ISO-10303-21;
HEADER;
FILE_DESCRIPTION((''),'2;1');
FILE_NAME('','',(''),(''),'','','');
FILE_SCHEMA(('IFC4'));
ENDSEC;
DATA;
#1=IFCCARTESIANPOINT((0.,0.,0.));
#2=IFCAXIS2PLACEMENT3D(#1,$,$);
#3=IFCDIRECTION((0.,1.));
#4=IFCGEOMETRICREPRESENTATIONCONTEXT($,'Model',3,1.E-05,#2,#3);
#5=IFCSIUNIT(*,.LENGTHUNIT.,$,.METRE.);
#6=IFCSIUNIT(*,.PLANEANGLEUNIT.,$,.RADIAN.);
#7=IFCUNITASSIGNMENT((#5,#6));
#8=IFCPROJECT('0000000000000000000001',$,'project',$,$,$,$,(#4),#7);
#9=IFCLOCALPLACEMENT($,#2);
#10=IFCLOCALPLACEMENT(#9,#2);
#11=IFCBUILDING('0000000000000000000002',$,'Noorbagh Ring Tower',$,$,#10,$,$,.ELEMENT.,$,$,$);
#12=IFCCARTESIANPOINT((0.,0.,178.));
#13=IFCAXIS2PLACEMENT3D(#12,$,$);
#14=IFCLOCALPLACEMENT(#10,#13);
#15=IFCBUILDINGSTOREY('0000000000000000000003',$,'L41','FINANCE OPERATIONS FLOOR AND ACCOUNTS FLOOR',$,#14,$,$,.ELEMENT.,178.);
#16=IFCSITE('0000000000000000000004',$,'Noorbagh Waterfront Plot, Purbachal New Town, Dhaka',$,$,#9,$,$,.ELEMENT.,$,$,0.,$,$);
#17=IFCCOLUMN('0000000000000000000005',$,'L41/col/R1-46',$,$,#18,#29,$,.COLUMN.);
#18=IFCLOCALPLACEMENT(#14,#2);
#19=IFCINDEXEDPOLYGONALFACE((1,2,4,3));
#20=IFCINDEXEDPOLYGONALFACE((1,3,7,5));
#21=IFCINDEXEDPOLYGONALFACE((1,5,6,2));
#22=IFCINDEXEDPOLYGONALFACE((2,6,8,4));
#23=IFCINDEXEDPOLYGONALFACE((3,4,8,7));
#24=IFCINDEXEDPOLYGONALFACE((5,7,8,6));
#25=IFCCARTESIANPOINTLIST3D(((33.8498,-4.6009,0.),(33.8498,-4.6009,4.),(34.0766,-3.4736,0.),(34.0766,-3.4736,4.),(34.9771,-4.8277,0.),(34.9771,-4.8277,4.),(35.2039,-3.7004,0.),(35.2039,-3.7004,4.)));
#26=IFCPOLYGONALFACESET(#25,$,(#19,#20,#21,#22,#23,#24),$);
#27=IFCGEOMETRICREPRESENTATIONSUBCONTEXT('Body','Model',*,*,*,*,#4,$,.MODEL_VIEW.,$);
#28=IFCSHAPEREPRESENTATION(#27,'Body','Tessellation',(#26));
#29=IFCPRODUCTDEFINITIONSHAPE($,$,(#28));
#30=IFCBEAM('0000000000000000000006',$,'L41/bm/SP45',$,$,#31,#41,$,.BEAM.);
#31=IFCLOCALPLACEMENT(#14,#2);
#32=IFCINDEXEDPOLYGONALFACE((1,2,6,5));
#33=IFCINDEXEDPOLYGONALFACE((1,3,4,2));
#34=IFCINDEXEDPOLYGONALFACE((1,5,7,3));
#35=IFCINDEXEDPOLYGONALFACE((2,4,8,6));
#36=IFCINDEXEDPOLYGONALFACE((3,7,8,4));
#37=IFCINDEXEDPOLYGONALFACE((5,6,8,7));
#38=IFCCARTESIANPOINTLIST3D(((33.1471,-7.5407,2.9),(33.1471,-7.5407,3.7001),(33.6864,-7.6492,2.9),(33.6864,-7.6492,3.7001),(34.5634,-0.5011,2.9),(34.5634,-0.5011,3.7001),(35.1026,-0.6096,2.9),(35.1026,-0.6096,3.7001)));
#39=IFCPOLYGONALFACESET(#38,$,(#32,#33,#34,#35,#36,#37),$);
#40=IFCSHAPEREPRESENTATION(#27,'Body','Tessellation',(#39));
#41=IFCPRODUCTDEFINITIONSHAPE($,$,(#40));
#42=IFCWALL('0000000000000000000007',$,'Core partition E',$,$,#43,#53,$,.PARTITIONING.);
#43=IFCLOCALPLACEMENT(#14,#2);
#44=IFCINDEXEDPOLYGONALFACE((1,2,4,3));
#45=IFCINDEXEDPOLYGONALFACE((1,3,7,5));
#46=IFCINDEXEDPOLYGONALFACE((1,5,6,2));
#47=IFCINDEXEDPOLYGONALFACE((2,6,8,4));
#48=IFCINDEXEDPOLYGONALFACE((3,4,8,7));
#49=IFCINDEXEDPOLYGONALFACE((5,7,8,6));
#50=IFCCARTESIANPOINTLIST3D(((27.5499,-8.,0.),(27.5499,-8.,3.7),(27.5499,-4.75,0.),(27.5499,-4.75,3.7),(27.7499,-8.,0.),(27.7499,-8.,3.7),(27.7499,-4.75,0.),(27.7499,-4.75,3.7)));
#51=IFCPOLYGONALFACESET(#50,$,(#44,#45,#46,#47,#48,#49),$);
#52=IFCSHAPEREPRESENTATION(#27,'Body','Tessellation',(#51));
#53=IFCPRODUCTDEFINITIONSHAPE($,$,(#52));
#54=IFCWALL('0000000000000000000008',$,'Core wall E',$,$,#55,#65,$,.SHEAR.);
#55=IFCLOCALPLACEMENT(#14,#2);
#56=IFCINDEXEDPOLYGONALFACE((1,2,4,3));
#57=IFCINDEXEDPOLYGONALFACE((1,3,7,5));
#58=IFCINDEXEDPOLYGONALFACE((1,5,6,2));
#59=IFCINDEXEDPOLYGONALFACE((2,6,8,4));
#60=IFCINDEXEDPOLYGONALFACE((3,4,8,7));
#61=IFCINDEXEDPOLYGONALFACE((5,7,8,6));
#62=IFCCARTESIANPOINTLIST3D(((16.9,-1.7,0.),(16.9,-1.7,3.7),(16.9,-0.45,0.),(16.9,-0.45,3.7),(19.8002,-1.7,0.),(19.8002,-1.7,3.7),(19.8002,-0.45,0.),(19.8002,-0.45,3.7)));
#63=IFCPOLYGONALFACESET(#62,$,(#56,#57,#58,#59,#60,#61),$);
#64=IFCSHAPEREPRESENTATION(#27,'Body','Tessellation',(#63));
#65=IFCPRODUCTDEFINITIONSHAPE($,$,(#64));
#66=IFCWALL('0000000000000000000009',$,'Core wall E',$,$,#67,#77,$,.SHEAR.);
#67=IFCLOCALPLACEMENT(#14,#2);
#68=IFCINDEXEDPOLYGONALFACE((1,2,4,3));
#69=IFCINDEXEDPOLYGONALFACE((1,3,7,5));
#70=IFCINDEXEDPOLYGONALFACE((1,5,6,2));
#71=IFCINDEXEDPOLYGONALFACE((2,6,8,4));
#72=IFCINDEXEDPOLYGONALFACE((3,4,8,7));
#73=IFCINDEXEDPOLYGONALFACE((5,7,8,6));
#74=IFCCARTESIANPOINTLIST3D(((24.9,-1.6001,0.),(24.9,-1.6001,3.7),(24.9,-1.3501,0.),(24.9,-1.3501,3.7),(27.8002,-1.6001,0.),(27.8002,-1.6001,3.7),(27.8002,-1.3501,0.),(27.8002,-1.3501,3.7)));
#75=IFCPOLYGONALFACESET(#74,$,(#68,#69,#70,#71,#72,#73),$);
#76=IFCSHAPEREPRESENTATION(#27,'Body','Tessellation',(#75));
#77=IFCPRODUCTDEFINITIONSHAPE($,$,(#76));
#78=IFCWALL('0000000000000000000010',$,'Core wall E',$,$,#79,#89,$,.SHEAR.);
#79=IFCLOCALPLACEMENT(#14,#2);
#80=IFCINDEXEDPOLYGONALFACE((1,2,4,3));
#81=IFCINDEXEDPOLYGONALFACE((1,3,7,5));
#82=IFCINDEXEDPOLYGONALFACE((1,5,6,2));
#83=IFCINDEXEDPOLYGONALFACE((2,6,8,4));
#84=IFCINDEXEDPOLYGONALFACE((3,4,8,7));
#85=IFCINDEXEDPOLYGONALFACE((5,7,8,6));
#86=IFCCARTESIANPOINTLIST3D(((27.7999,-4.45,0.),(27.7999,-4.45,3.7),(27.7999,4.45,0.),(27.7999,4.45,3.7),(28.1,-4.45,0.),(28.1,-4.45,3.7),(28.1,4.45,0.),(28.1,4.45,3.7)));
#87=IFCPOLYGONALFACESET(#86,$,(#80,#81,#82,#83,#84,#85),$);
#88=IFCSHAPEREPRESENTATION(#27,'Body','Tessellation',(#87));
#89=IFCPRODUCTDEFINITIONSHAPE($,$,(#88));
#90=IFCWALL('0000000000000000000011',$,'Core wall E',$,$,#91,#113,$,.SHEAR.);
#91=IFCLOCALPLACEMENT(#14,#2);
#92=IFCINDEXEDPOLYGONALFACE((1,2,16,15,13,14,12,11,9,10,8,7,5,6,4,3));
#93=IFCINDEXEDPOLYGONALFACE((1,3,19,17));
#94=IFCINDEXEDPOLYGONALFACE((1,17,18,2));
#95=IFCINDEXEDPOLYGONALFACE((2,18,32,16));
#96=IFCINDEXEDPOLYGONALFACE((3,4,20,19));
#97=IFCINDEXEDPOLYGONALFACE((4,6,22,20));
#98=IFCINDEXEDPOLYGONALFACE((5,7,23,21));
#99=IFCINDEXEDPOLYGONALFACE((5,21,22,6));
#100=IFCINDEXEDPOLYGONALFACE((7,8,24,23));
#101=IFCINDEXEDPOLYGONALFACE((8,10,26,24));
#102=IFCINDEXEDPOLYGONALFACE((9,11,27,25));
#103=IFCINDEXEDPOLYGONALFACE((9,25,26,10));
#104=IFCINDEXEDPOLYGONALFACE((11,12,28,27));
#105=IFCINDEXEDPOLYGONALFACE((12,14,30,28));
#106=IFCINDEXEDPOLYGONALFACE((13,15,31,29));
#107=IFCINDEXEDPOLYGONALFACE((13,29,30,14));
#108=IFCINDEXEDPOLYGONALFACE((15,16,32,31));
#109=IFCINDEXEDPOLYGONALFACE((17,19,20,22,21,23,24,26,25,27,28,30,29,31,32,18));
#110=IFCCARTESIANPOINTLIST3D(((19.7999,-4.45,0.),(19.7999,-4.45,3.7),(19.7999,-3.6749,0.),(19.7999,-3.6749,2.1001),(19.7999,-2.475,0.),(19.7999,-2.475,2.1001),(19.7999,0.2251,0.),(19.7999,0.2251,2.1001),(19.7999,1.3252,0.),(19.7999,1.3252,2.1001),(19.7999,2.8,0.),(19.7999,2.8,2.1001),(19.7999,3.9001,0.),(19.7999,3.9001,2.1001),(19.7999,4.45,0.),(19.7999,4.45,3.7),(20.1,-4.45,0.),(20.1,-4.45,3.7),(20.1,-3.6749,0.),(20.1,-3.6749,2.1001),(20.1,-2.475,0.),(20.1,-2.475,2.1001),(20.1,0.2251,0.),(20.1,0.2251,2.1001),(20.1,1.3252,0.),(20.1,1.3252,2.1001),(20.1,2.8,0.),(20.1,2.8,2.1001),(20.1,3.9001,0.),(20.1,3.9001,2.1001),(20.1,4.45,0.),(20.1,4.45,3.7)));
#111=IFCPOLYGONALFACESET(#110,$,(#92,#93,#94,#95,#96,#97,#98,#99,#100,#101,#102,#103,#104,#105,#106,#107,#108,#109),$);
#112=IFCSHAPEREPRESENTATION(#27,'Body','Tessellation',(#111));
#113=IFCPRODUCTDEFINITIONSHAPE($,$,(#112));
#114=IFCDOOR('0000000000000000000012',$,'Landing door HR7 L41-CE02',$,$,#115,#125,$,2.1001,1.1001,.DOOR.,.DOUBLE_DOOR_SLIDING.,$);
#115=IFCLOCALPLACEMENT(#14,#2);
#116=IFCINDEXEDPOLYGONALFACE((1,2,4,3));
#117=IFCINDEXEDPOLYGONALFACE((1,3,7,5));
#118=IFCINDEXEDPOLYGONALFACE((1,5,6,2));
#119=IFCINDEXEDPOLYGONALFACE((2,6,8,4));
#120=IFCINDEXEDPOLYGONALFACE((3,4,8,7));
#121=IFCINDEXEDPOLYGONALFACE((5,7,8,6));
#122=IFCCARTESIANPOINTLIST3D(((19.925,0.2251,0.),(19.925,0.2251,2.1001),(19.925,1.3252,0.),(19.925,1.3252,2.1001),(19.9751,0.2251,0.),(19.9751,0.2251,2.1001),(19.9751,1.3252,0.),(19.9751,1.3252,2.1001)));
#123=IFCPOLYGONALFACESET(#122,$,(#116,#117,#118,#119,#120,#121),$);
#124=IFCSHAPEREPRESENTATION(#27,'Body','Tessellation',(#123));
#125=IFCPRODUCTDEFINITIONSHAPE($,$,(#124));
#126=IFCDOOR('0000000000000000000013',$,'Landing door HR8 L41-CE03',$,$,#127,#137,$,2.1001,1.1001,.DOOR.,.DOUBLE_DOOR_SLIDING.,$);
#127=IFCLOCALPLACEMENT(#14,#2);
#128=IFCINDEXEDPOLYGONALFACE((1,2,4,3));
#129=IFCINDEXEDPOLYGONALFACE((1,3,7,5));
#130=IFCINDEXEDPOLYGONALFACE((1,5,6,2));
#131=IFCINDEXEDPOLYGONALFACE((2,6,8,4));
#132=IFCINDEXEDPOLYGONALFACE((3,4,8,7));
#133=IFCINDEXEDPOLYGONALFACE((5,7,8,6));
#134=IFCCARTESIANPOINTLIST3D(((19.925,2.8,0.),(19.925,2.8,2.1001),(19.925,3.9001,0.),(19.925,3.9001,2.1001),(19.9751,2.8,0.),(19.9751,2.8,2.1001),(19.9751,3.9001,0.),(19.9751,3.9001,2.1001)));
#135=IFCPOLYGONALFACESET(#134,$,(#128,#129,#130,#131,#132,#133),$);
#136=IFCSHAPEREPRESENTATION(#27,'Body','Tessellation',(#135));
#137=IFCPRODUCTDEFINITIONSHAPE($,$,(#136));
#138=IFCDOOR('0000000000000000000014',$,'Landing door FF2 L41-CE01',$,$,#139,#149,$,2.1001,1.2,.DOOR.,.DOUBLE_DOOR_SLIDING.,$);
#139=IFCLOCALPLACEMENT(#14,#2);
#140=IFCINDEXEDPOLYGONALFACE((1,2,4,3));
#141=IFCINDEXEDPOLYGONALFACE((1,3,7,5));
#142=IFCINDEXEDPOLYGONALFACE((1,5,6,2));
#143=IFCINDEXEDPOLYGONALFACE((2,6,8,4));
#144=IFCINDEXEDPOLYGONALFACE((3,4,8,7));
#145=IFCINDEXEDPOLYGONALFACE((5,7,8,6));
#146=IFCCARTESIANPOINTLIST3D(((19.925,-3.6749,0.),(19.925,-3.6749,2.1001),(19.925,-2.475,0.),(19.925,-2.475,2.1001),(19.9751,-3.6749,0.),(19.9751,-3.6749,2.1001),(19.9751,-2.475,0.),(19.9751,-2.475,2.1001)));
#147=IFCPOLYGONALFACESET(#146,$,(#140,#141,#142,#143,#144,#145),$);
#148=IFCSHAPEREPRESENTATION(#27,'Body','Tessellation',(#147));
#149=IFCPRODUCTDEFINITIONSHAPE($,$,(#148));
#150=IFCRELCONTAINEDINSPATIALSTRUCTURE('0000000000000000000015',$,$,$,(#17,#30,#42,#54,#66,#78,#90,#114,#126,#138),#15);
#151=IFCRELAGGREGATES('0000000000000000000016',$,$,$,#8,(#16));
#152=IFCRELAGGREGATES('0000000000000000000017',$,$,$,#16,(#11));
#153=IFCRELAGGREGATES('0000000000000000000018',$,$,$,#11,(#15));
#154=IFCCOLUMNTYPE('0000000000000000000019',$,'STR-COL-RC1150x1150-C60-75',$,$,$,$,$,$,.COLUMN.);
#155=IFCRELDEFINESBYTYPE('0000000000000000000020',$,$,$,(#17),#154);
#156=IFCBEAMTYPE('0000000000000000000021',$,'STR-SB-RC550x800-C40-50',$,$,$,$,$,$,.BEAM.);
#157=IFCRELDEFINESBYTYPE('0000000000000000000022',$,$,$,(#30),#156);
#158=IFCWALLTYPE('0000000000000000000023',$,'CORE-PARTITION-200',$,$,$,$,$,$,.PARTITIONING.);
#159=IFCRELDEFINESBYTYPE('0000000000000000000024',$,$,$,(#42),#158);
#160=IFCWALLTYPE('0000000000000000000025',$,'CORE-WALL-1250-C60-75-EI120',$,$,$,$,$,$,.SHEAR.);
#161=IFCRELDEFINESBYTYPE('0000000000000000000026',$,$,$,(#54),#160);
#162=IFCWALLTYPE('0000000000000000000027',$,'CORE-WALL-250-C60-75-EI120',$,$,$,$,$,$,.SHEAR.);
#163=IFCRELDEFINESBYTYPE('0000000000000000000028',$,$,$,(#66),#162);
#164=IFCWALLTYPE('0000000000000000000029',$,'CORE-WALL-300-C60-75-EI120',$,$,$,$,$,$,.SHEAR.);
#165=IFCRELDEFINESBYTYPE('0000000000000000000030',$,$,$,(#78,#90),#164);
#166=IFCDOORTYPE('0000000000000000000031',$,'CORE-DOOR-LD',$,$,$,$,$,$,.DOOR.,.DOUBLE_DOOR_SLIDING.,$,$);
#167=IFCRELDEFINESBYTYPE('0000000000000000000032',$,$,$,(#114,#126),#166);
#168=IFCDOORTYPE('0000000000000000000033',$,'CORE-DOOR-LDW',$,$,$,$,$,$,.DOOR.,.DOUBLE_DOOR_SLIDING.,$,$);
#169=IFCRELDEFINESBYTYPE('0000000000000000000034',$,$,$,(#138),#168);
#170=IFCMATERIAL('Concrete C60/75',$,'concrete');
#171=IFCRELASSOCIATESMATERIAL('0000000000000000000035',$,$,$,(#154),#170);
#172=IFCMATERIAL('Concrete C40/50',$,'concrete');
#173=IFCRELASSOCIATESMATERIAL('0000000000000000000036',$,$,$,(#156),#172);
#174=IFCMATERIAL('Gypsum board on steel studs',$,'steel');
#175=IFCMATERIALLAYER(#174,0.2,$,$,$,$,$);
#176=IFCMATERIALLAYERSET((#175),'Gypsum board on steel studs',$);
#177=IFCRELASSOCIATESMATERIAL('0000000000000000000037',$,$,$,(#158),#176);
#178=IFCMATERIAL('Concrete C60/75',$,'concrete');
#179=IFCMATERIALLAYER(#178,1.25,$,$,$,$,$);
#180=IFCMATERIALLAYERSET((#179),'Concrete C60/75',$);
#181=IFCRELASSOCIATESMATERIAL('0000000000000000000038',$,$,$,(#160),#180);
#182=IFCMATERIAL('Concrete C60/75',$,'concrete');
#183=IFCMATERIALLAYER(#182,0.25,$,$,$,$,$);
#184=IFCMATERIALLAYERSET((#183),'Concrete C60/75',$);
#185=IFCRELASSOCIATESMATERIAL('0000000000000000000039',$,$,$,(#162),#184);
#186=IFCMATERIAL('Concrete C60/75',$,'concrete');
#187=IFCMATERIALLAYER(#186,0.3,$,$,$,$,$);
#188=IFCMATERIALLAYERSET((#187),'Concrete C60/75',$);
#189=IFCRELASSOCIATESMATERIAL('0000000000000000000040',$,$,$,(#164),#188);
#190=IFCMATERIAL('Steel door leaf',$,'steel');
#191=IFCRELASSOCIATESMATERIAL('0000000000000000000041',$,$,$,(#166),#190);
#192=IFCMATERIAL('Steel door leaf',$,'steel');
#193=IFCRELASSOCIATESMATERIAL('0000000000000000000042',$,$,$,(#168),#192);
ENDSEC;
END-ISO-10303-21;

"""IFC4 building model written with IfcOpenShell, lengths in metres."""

from ifc_helpers import new_model, si_unit, direction, frame, frame_2d, origin, origin_2d, place, context, subcontext, project, spatial, rectangle, extrude, material, layer, layer_set, material_profile, profile_set, type_object, element, fill, save


model = new_model("IFC4")

# Units and contexts
model_context = context("Model", 3, precision=1e-05, world=origin(), true_north=direction((0.0, 1.0)))
body_context = subcontext(model_context, "Body", "Model", "MODEL_VIEW")
ifc_project = project(units=[si_unit("LENGTHUNIT", "METRE"), si_unit("PLANEANGLEUNIT", "RADIAN")], contexts=[model_context])

# Site, building, storey
site_placement = place(None, origin())
site = spatial("IfcSite", under=ifc_project, at=site_placement, Name="Noorbagh Waterfront Plot, Purbachal New Town, Dhaka", CompositionType="ELEMENT", RefElevation=0.0)
building_placement = place(site_placement, origin())
building = spatial("IfcBuilding", under=site, at=building_placement, Name="Noorbagh Ring Tower", CompositionType="ELEMENT")
storey_placement = place(building_placement, frame((0.0, 0.0, 178.0)))
storey = spatial("IfcBuildingStorey", under=building, at=storey_placement, Name="L41", Description="FINANCE OPERATIONS FLOOR AND ACCOUNTS FLOOR", CompositionType="ELEMENT", Elevation=178.0)

# Column
ifc_material_1 = material(Name="Concrete C60/75", Category="concrete")
ifc_material_profile_1 = material_profile(ifc_material_1, rectangle(XDim=1.1499, YDim=1.1499, at=origin_2d()), Name="RC1150x1150")
ifc_profile_set_1 = profile_set([ifc_material_profile_1], Name="Concrete C60/75")
column_type = type_object("IfcColumnType", Name="STR-COL-RC1150x1150-C60-75", PredefinedType="COLUMN", material=ifc_profile_set_1)
column_placement = place(storey_placement, frame((34.5269, -4.1506, 0.0), z_axis=(0.0, 0.0, 1.0), x_axis=(0.19723, 0.980357, 0.0)))
element("IfcColumn", 1, at=column_placement, inside=storey, type_object=column_type, Name="L41/col/R1-46", PredefinedType="COLUMN", context=body_context, shape_type="SweptSolid", body=[
    extrude(rectangle(XDim=1.1499, YDim=1.1499, at=origin_2d()), origin(), (0.0, 0.0, 1.0), 4.0),
])

# Beam
ifc_material_2 = material(Name="Concrete C40/50", Category="concrete")
ifc_material_profile_2 = material_profile(ifc_material_2, rectangle(XDim=0.55, YDim=0.8, at=origin_2d()), Name="RC550x800")
ifc_profile_set_2 = profile_set([ifc_material_profile_2], Name="Concrete C40/50")
beam_type = type_object("IfcBeamType", Name="STR-SB-RC550x800-C40-50", PredefinedType="BEAM", material=ifc_profile_set_2)
beam_placement = place(storey_placement, frame((33.4167, -7.595, 3.3), z_axis=(0.197234, 0.980356, 0.0), x_axis=(-0.980356, 0.197234, 0.0)))
element("IfcBeam", 2, at=beam_placement, inside=storey, type_object=beam_type, Name="L41/bm/SP45", PredefinedType="BEAM", context=body_context, shape_type="SweptSolid", body=[
    extrude(rectangle(XDim=0.55, YDim=0.8, at=origin_2d()), origin(), (0.0, 0.0, 1.0), 7.1807),
])

# Walls
ifc_material_3 = material(Name="Gypsum board on steel studs", Category="steel")
ifc_layer_1 = layer(ifc_material_3, 0.2)
ifc_layer_set_1 = layer_set([ifc_layer_1], Name="Gypsum board on steel studs")
wall_type_1 = type_object("IfcWallType", Name="CORE-PARTITION-200", PredefinedType="PARTITIONING", material=ifc_layer_set_1)
wall_1_placement = place(storey_placement, frame((27.6499, -8.0, 0.0), z_axis=(0.0, 0.0, 1.0), x_axis=(0.0, 1.0, 0.0)))
element("IfcWall", 3, at=wall_1_placement, inside=storey, type_object=wall_type_1, Name="Core partition E", PredefinedType="PARTITIONING", context=body_context, shape_type="SweptSolid", body=[
    extrude(rectangle(XDim=3.25, YDim=0.2, at=frame_2d((1.625, 0.0))), origin(), (0.0, 0.0, 1.0), 3.7),
])
ifc_material_4 = material(Name="Concrete C60/75", Category="concrete")
ifc_layer_2 = layer(ifc_material_4, 1.25)
ifc_layer_set_2 = layer_set([ifc_layer_2], Name="Concrete C60/75")
wall_type_2 = type_object("IfcWallType", Name="CORE-WALL-1250-C60-75-EI120", PredefinedType="SHEAR", material=ifc_layer_set_2)
wall_2_placement = place(storey_placement, frame((16.8999, -1.075, 0.0), z_axis=(0.0, 0.0, 1.0), x_axis=(1.0, 0.0, 0.0)))
element("IfcWall", 4, at=wall_2_placement, inside=storey, type_object=wall_type_2, Name="Core wall E", PredefinedType="SHEAR", context=body_context, shape_type="SweptSolid", body=[
    extrude(rectangle(XDim=2.9001, YDim=1.25, at=frame_2d((1.4502, 0.0))), origin(), (0.0, 0.0, 1.0), 3.7),
])
ifc_material_5 = material(Name="Concrete C60/75", Category="concrete")
ifc_layer_3 = layer(ifc_material_5, 0.25)
ifc_layer_set_3 = layer_set([ifc_layer_3], Name="Concrete C60/75")
wall_type_3 = type_object("IfcWallType", Name="CORE-WALL-250-C60-75-EI120", PredefinedType="SHEAR", material=ifc_layer_set_3)
wall_3_placement = place(storey_placement, frame((24.8999, -1.4751, 0.0), z_axis=(0.0, 0.0, 1.0), x_axis=(1.0, 0.0, 0.0)))
element("IfcWall", 5, at=wall_3_placement, inside=storey, type_object=wall_type_3, Name="Core wall E", PredefinedType="SHEAR", context=body_context, shape_type="SweptSolid", body=[
    extrude(rectangle(XDim=2.9001, YDim=0.25, at=frame_2d((1.4502, 0.0))), origin(), (0.0, 0.0, 1.0), 3.7),
])
ifc_material_6 = material(Name="Concrete C60/75", Category="concrete")
ifc_layer_4 = layer(ifc_material_6, 0.3)
ifc_layer_set_4 = layer_set([ifc_layer_4], Name="Concrete C60/75")
wall_type_4 = type_object("IfcWallType", Name="CORE-WALL-300-C60-75-EI120", PredefinedType="SHEAR", material=ifc_layer_set_4)
wall_4_placement = place(storey_placement, frame((27.95, -4.45, 0.0), z_axis=(0.0, 0.0, 1.0), x_axis=(0.0, 1.0, 0.0)))
element("IfcWall", 6, at=wall_4_placement, inside=storey, type_object=wall_type_4, Name="Core wall E", PredefinedType="SHEAR", context=body_context, shape_type="SweptSolid", body=[
    extrude(rectangle(XDim=8.8999, YDim=0.3, at=frame_2d((4.45, 0.0))), origin(), (0.0, 0.0, 1.0), 3.7),
])

# Wall, openings, doors
wall_5_placement = place(storey_placement, frame((19.95, -4.45, 0.0), z_axis=(0.0, 0.0, 1.0), x_axis=(0.0, 1.0, 0.0)))
wall_5 = element("IfcWall", 7, at=wall_5_placement, inside=storey, type_object=wall_type_4, Name="Core wall E", PredefinedType="SHEAR", context=body_context, shape_type="SweptSolid", body=[
    extrude(rectangle(XDim=8.8999, YDim=0.3, at=frame_2d((4.45, 0.0))), origin(), (0.0, 0.0, 1.0), 3.7),
])
opening_1_placement = place(wall_5_placement, frame((0.7749, 0.0, 0.0)))
opening_1 = element("IfcOpeningElement", 8, at=opening_1_placement, cuts=wall_5, PredefinedType="OPENING", context=body_context, shape_type="SweptSolid", body=[
    extrude(rectangle(XDim=1.2, YDim=2.1001, at=frame_2d((0.6001, 1.05))), frame((0.0, 0.1602, 0.0), z_axis=(0.0, -1.0, 0.0), x_axis=(1.0, 0.0, 0.0)), (0.0, 0.0, 1.0), 0.3201),
])
opening_2_placement = place(wall_5_placement, frame((4.675, 0.0, 0.0)))
opening_2 = element("IfcOpeningElement", 9, at=opening_2_placement, cuts=wall_5, PredefinedType="OPENING", context=body_context, shape_type="SweptSolid", body=[
    extrude(rectangle(XDim=1.1001, YDim=2.1001, at=frame_2d((0.55, 1.05))), frame((0.0, 0.1602, 0.0), z_axis=(0.0, -1.0, 0.0), x_axis=(1.0, 0.0, 0.0)), (0.0, 0.0, 1.0), 0.3201),
])
opening_3_placement = place(wall_5_placement, frame((7.25, 0.0, 0.0)))
opening_3 = element("IfcOpeningElement", 10, at=opening_3_placement, cuts=wall_5, PredefinedType="OPENING", context=body_context, shape_type="SweptSolid", body=[
    extrude(rectangle(XDim=1.1001, YDim=2.1001, at=frame_2d((0.55, 1.05))), frame((0.0, 0.1602, 0.0), z_axis=(0.0, -1.0, 0.0), x_axis=(1.0, 0.0, 0.0)), (0.0, 0.0, 1.0), 0.3201),
])
ifc_material_7 = material(Name="Steel door leaf", Category="steel")
door_type_1 = type_object("IfcDoorType", Name="CORE-DOOR-LD", OperationType="DOUBLE_DOOR_SLIDING", PredefinedType="DOOR", material=ifc_material_7)
door_1_placement = place(opening_2_placement, origin())
door_1 = element("IfcDoor", 11, at=door_1_placement, inside=storey, type_object=door_type_1, Name="Landing door HR7 L41-CE02", OperationType="DOUBLE_DOOR_SLIDING", OverallHeight=2.1001, OverallWidth=1.1001, PredefinedType="DOOR", context=body_context, shape_type="SweptSolid", body=[
    extrude(rectangle(XDim=1.1001, YDim=2.1001, at=frame_2d((0.55, 1.05))), frame((0.0, 0.0249, 0.0), z_axis=(0.0, -1.0, 0.0), x_axis=(1.0, 0.0, 0.0)), (0.0, 0.0, 1.0), 0.05),
])
fill(opening_2, door_1)
door_2_placement = place(opening_3_placement, origin())
door_2 = element("IfcDoor", 12, at=door_2_placement, inside=storey, type_object=door_type_1, Name="Landing door HR8 L41-CE03", OperationType="DOUBLE_DOOR_SLIDING", OverallHeight=2.1001, OverallWidth=1.1001, PredefinedType="DOOR", context=body_context, shape_type="SweptSolid", body=[
    extrude(rectangle(XDim=1.1001, YDim=2.1001, at=frame_2d((0.55, 1.05))), frame((0.0, 0.0249, 0.0), z_axis=(0.0, -1.0, 0.0), x_axis=(1.0, 0.0, 0.0)), (0.0, 0.0, 1.0), 0.05),
])
fill(opening_3, door_2)
ifc_material_8 = material(Name="Steel door leaf", Category="steel")
door_type_2 = type_object("IfcDoorType", Name="CORE-DOOR-LDW", OperationType="DOUBLE_DOOR_SLIDING", PredefinedType="DOOR", material=ifc_material_8)
door_3_placement = place(opening_1_placement, origin())
door_3 = element("IfcDoor", 13, at=door_3_placement, inside=storey, type_object=door_type_2, Name="Landing door FF2 L41-CE01", OperationType="DOUBLE_DOOR_SLIDING", OverallHeight=2.1001, OverallWidth=1.2, PredefinedType="DOOR", context=body_context, shape_type="SweptSolid", body=[
    extrude(rectangle(XDim=1.2, YDim=2.1001, at=frame_2d((0.6001, 1.05))), frame((0.0, 0.0249, 0.0), z_axis=(0.0, -1.0, 0.0), x_axis=(1.0, 0.0, 0.0)), (0.0, 0.0, 1.0), 0.05),
])
fill(opening_1, door_3)

save(model, "model.ifc")
